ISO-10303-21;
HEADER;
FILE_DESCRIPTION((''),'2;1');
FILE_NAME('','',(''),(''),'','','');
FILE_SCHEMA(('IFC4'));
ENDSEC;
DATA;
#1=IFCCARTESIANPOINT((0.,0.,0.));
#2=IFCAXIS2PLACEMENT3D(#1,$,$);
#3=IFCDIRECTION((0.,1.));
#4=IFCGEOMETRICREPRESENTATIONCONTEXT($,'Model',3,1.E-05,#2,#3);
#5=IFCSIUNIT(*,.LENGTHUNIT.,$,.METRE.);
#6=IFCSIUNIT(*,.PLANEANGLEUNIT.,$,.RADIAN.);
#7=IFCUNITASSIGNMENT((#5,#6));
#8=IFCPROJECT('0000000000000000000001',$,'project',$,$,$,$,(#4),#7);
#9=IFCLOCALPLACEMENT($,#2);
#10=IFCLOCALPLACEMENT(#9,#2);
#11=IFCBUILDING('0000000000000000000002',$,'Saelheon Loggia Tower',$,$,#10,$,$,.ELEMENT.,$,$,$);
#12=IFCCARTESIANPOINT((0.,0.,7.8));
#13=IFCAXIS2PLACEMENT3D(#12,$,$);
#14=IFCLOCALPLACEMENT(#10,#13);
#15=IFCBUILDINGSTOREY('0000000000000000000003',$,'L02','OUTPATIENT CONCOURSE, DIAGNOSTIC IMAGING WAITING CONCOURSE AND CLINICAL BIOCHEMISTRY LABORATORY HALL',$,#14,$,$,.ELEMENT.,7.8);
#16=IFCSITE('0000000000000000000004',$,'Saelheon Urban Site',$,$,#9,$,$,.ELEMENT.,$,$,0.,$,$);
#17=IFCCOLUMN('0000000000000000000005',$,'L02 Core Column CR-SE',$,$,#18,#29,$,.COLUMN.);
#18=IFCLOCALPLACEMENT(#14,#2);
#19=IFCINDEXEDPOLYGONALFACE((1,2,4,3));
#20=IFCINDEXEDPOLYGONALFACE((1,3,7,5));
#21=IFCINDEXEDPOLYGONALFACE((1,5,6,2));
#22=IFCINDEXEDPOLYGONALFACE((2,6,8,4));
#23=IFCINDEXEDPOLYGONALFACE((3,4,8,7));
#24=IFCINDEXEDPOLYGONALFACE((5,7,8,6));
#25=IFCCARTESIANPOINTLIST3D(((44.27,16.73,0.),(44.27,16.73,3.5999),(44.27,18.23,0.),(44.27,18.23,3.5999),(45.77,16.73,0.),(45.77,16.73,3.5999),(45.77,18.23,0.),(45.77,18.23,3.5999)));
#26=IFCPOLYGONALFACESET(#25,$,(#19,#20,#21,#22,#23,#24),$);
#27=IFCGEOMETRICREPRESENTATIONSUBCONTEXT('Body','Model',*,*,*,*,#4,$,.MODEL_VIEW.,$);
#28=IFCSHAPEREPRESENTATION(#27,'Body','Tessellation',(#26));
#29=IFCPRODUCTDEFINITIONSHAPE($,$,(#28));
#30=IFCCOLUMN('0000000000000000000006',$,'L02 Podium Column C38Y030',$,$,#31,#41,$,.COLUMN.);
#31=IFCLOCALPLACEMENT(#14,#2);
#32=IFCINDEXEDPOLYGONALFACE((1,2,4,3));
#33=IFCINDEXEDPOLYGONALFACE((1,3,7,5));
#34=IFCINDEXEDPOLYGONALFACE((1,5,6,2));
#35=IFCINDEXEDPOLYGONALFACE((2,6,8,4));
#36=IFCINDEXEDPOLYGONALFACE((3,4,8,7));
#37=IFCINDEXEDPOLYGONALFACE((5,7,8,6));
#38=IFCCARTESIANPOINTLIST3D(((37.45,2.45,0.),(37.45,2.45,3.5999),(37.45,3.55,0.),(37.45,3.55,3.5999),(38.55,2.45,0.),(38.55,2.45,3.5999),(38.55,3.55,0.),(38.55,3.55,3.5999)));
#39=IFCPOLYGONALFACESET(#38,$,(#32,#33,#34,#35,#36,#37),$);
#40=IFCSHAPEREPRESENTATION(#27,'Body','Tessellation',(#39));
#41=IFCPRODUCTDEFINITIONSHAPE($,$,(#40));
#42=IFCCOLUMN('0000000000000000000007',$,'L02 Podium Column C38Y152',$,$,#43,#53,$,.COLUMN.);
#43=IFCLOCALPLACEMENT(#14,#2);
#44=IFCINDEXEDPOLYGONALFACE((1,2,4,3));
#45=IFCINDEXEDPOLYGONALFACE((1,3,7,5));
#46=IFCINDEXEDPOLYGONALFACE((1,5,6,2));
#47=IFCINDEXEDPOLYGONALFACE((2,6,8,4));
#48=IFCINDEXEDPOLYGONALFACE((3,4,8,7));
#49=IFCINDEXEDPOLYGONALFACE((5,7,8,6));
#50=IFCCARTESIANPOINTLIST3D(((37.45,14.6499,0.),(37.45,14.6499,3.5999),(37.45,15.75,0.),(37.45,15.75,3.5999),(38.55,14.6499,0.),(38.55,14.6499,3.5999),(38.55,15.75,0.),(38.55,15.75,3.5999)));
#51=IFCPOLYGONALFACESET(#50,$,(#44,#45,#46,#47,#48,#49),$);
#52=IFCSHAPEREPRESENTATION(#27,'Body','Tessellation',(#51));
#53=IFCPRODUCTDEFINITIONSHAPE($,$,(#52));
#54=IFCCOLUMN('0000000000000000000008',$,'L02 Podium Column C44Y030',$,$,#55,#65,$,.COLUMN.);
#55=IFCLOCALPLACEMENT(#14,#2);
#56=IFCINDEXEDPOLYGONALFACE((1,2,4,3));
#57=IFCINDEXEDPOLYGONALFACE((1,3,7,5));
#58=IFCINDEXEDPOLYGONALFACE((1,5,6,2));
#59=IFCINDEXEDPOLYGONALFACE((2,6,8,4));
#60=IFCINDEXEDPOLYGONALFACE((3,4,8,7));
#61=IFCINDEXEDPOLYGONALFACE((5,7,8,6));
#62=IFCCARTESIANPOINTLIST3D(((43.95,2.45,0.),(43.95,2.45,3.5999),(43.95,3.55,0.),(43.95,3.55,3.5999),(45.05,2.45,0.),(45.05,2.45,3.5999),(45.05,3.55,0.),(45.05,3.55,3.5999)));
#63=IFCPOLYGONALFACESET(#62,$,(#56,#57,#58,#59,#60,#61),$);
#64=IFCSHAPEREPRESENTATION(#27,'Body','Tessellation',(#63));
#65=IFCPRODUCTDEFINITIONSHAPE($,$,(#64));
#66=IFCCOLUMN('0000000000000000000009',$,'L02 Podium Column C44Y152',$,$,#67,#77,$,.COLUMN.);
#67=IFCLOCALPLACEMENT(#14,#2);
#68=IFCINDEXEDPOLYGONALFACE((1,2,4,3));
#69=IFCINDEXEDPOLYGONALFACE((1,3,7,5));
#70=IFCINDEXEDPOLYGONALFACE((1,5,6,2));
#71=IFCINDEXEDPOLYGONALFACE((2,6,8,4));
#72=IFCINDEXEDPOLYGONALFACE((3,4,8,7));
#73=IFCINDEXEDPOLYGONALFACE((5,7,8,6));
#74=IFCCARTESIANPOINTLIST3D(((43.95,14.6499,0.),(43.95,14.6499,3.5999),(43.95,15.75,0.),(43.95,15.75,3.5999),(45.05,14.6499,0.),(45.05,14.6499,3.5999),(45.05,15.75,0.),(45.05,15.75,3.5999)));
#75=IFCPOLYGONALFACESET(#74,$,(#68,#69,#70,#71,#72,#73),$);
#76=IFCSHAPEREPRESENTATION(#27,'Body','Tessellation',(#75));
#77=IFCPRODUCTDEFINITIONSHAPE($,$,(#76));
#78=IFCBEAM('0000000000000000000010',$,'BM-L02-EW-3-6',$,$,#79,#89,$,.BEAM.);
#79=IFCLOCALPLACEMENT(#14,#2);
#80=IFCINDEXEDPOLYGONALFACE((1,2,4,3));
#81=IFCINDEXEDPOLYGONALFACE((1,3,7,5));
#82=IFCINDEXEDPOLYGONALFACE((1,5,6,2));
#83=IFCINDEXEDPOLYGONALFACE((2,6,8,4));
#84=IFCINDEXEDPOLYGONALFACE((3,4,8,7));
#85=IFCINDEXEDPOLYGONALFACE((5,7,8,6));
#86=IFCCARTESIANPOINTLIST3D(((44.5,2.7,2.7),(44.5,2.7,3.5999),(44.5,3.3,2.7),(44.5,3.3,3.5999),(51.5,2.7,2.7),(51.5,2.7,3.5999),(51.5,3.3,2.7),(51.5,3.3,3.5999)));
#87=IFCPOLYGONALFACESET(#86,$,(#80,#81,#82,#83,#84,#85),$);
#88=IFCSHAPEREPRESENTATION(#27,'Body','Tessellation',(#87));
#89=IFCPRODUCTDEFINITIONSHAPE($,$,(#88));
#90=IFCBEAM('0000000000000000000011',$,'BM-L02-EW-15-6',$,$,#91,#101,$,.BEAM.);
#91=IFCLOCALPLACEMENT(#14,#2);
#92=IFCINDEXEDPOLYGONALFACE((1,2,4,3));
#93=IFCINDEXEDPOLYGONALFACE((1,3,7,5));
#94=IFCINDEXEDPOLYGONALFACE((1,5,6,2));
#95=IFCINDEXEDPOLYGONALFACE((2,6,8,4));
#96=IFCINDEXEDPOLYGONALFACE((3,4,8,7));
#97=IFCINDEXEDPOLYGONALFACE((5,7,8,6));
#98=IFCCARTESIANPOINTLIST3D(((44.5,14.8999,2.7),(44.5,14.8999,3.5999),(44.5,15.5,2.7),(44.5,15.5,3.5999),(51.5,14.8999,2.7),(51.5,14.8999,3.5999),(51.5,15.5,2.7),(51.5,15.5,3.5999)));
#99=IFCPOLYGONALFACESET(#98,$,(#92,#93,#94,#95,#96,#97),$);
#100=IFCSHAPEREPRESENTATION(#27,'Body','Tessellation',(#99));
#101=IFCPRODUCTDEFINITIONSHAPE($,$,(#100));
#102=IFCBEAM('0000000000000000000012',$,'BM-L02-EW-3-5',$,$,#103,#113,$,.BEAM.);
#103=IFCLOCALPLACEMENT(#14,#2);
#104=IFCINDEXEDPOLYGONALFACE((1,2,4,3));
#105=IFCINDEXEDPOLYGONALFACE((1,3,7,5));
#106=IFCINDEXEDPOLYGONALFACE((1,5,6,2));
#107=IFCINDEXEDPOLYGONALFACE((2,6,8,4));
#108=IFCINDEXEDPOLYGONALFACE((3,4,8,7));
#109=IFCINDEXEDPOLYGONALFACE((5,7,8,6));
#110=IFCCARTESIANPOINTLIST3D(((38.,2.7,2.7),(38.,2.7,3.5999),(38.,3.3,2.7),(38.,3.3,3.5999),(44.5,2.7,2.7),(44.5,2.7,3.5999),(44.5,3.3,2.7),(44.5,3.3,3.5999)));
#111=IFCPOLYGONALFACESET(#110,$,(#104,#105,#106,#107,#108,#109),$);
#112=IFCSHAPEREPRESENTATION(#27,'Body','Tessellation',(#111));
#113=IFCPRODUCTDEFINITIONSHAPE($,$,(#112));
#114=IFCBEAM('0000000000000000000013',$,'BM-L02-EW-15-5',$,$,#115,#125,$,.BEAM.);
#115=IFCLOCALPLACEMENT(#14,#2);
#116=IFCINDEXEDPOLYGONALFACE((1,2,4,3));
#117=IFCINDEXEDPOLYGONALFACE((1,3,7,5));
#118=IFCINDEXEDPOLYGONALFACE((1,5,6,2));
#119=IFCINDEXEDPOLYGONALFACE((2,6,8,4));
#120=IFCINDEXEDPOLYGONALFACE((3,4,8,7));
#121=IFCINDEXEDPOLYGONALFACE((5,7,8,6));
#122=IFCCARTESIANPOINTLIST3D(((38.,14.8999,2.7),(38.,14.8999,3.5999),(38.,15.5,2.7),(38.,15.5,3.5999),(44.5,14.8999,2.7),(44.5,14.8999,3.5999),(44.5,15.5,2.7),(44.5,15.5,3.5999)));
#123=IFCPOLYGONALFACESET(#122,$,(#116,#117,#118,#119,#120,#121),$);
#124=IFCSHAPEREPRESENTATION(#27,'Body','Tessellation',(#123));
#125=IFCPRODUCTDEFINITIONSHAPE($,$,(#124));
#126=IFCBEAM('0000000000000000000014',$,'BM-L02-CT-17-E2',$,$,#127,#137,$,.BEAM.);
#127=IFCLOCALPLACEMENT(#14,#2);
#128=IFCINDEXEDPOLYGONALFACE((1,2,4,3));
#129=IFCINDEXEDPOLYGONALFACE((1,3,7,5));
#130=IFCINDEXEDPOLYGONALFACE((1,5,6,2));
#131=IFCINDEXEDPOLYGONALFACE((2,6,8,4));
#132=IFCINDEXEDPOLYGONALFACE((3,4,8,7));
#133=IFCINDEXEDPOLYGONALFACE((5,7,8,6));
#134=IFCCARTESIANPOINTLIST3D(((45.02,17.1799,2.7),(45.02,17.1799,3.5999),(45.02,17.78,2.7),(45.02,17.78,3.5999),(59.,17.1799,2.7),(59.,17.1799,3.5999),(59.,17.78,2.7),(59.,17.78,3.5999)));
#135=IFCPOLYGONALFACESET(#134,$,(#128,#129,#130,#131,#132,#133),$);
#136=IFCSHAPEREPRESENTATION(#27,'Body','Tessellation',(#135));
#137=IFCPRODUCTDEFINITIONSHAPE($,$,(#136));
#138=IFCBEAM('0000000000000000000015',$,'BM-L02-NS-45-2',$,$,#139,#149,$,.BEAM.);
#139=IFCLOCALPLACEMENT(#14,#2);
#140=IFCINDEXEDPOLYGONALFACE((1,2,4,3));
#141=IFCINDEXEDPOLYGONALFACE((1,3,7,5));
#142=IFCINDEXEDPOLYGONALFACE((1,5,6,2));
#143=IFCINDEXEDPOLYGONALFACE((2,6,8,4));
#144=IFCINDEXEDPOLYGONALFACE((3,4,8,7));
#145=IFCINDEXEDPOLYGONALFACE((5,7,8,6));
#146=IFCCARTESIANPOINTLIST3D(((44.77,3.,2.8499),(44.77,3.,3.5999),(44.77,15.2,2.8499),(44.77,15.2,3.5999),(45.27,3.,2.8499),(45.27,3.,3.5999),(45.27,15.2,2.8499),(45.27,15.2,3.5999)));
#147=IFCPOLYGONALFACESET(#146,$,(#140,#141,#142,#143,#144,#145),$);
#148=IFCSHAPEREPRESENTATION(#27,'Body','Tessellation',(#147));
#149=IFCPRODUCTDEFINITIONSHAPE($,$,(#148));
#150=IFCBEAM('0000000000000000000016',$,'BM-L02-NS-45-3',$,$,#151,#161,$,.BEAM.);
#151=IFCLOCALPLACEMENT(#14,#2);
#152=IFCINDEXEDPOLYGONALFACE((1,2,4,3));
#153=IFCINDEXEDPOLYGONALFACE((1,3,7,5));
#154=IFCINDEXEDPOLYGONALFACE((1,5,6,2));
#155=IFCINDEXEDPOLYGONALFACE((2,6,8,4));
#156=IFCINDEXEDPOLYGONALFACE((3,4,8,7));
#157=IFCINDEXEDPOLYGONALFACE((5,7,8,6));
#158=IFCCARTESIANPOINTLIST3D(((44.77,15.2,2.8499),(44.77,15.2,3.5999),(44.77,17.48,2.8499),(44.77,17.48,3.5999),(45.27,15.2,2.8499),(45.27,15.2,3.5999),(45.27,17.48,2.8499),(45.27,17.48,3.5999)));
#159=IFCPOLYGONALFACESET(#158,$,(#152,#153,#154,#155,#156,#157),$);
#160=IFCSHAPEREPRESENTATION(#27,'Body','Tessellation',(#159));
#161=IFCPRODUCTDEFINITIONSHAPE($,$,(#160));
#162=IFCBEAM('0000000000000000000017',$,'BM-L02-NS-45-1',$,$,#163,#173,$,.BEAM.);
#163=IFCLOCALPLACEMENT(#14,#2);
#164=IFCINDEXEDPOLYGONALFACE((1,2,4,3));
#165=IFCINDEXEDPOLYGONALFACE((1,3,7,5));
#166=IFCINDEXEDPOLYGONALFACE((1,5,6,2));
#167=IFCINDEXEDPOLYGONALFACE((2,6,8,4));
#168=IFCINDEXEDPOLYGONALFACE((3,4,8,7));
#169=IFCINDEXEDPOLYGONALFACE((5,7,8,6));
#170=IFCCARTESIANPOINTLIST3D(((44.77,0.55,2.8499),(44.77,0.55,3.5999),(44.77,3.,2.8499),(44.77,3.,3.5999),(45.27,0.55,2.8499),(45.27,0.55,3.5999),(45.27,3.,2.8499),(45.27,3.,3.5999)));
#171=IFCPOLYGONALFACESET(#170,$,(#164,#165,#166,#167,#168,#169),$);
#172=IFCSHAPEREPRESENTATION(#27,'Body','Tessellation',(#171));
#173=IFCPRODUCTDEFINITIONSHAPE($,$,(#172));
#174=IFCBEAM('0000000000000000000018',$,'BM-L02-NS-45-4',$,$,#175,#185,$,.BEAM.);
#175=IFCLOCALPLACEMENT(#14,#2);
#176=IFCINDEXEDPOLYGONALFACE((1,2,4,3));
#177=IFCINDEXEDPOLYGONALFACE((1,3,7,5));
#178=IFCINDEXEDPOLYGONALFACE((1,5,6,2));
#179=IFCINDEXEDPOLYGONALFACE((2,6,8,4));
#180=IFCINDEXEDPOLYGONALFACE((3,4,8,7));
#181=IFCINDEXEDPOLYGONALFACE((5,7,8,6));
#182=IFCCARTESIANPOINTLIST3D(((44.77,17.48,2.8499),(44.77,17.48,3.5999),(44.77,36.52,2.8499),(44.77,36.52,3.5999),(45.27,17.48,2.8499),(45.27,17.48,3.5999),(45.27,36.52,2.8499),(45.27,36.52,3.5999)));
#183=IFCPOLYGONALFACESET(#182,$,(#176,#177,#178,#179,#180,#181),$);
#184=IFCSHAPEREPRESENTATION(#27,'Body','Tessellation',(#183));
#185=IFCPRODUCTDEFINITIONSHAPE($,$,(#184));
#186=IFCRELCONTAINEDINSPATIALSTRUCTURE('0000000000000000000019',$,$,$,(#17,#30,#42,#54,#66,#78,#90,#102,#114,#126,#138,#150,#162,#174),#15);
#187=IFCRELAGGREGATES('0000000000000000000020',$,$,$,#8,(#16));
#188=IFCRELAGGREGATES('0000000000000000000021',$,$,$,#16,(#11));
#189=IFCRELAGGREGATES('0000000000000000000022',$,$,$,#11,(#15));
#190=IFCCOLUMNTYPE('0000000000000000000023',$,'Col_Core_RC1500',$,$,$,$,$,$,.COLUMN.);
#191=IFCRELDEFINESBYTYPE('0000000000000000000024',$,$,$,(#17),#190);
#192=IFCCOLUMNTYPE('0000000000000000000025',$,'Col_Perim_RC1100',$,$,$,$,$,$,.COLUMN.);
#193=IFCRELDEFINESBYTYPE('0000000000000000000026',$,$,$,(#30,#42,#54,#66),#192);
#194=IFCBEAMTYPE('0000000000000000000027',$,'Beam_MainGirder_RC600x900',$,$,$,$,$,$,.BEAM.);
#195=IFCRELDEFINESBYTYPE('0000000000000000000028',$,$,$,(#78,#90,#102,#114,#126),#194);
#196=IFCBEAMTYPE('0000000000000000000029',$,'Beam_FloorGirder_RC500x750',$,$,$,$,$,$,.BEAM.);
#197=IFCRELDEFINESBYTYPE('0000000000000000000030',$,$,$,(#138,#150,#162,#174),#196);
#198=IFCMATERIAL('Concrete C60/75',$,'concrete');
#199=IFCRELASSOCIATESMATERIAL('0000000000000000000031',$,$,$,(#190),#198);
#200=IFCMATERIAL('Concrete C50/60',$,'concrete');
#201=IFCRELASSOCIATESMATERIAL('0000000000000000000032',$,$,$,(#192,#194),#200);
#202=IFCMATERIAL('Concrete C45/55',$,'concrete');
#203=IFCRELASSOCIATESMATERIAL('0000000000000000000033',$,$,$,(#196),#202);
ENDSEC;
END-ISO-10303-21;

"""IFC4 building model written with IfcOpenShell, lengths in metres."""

from ifc_helpers import new_model, si_unit, direction, frame, origin, origin_2d, place, context, subcontext, project, spatial, rectangle, extrude, source, transform, mapped, material, material_profile, profile_set, type_object, element, save


model = new_model("IFC4")

# Units and contexts
model_context = context("Model", 3, precision=1e-05, world=origin(), true_north=direction((0.0, 1.0)))
body_context = subcontext(model_context, "Body", "Model", "MODEL_VIEW")
ifc_project = project(units=[si_unit("LENGTHUNIT", "METRE"), si_unit("PLANEANGLEUNIT", "RADIAN")], contexts=[model_context])

# Site, building, storey
site_placement = place(None, origin())
site = spatial("IfcSite", under=ifc_project, at=site_placement, Name="Saelheon Urban Site", CompositionType="ELEMENT", RefElevation=0.0)
building_placement = place(site_placement, origin())
building = spatial("IfcBuilding", under=site, at=building_placement, Name="Saelheon Loggia Tower", CompositionType="ELEMENT")
storey_placement = place(building_placement, frame((0.0, 0.0, 7.8)))
storey = spatial("IfcBuildingStorey", under=building, at=storey_placement, Name="L02", Description="OUTPATIENT CONCOURSE, DIAGNOSTIC IMAGING WAITING CONCOURSE AND CLINICAL BIOCHEMISTRY LABORATORY HALL", CompositionType="ELEMENT", Elevation=7.8)

# Columns
ifc_material_1 = material(Name="Concrete C60/75", Category="concrete")
ifc_material_profile_1 = material_profile(ifc_material_1, rectangle(XDim=1.5, YDim=1.5, at=origin_2d()), Name="RC-1500x1500")
ifc_profile_set_1 = profile_set([ifc_material_profile_1], Name="Concrete C60/75")
column_type_1 = type_object("IfcColumnType", Name="Col_Core_RC1500", PredefinedType="COLUMN", material=ifc_profile_set_1)
shared_shape_1 = source(origin(), body_context, "Body", "SweptSolid", [
    extrude(rectangle(XDim=1.5, YDim=1.5, at=origin_2d()), origin(), (0.0, 0.0, 1.0), 3.5999),
])
column_placement = place(storey_placement, frame((45.02, 17.48, 0.0), z_axis=(0.0, 0.0, 1.0), x_axis=(1.0, 0.0, 0.0)))
element("IfcColumn", 1, at=column_placement, inside=storey, type_object=column_type_1, Name="L02 Core Column CR-SE", PredefinedType="COLUMN", context=body_context, shape_type="MappedRepresentation", body=[
    mapped(shared_shape_1, transform((0.0, 0.0, 0.0), scale=1.0)),
])
ifc_material_2 = material(Name="Concrete C50/60", Category="concrete")
ifc_material_profile_2 = material_profile(ifc_material_2, rectangle(XDim=1.1001, YDim=1.1001, at=origin_2d()), Name="RC-1100x1100")
ifc_profile_set_2 = profile_set([ifc_material_profile_2], Name="Concrete C50/60")
column_type_2 = type_object("IfcColumnType", Name="Col_Perim_RC1100", PredefinedType="COLUMN", material=ifc_profile_set_2)
shared_shape_2 = source(origin(), body_context, "Body", "SweptSolid", [
    extrude(rectangle(XDim=1.1001, YDim=1.1001, at=origin_2d()), origin(), (0.0, 0.0, 1.0), 3.5999),
])
for number, where, z_axis, x_axis, name in (
    (2, (38.0, 3.0, 0.0), (0.0, 0.0, 1.0), (1.0, 0.0, 0.0), "L02 Podium Column C38Y030"),
    (3, (38.0, 15.2, 0.0), (0.0, 0.0, 1.0), (1.0, 0.0, 0.0), "L02 Podium Column C38Y152"),
    (4, (44.5, 3.0, 0.0), (0.0, 0.0, 1.0), (1.0, 0.0, 0.0), "L02 Podium Column C44Y030"),
    (5, (44.5, 15.2, 0.0), (0.0, 0.0, 1.0), (1.0, 0.0, 0.0), "L02 Podium Column C44Y152"),
):
    element("IfcColumn", number, at=place(storey_placement, frame(where, z_axis=z_axis, x_axis=x_axis)), inside=storey, type_object=column_type_2, Name=name, PredefinedType="COLUMN", context=body_context, shape_type="MappedRepresentation", body=[
        mapped(shared_shape_2, transform((0.0, 0.0, 0.0), scale=1.0)),
    ])

# Beams
ifc_material_profile_3 = material_profile(ifc_material_2, rectangle(XDim=0.6001, YDim=0.8999, at=origin_2d()), Name="RC-600x900")
ifc_profile_set_3 = profile_set([ifc_material_profile_3], Name="Concrete C50/60")
beam_type_1 = type_object("IfcBeamType", Name="Beam_MainGirder_RC600x900", PredefinedType="BEAM", material=ifc_profile_set_3)
shared_shape_3 = source(origin(), body_context, "Body", "SweptSolid", [
    extrude(rectangle(XDim=0.6001, YDim=0.8999, at=origin_2d()), origin(), (0.0, 0.0, 1.0), 7.0),
])
for number, where, z_axis, x_axis, name in (
    (6, (44.5, 3.0, 3.1499), (1.0, 0.0, 0.0), (0.0, 1.0, 0.0), "BM-L02-EW-3-6"),
    (7, (44.5, 15.2, 3.1499), (1.0, 0.0, 0.0), (0.0, 1.0, 0.0), "BM-L02-EW-15-6"),
):
    element("IfcBeam", number, at=place(storey_placement, frame(where, z_axis=z_axis, x_axis=x_axis)), inside=storey, type_object=beam_type_1, Name=name, PredefinedType="BEAM", context=body_context, shape_type="MappedRepresentation", body=[
        mapped(shared_shape_3, transform((0.0, 0.0, 0.0), scale=1.0)),
    ])
shared_shape_4 = source(origin(), body_context, "Body", "SweptSolid", [
    extrude(rectangle(XDim=0.6001, YDim=0.8999, at=origin_2d()), origin(), (0.0, 0.0, 1.0), 6.5),
])
for number, where, z_axis, x_axis, name in (
    (8, (38.0, 3.0, 3.1499), (1.0, 0.0, 0.0), (0.0, 1.0, 0.0), "BM-L02-EW-3-5"),
    (9, (38.0, 15.2, 3.1499), (1.0, 0.0, 0.0), (0.0, 1.0, 0.0), "BM-L02-EW-15-5"),
):
    element("IfcBeam", number, at=place(storey_placement, frame(where, z_axis=z_axis, x_axis=x_axis)), inside=storey, type_object=beam_type_1, Name=name, PredefinedType="BEAM", context=body_context, shape_type="MappedRepresentation", body=[
        mapped(shared_shape_4, transform((0.0, 0.0, 0.0), scale=1.0)),
    ])
shared_shape_5 = source(origin(), body_context, "Body", "SweptSolid", [
    extrude(rectangle(XDim=0.6001, YDim=0.8999, at=origin_2d()), origin(), (0.0, 0.0, 1.0), 13.98),
])
beam_1_placement = place(storey_placement, frame((45.02, 17.48, 3.1499), z_axis=(1.0, 0.0, 0.0), x_axis=(0.0, 1.0, 0.0)))
element("IfcBeam", 10, at=beam_1_placement, inside=storey, type_object=beam_type_1, Name="BM-L02-CT-17-E2", PredefinedType="BEAM", context=body_context, shape_type="MappedRepresentation", body=[
    mapped(shared_shape_5, transform((0.0, 0.0, 0.0), scale=1.0)),
])
ifc_material_3 = material(Name="Concrete C45/55", Category="concrete")
ifc_material_profile_4 = material_profile(ifc_material_3, rectangle(XDim=0.5, YDim=0.75, at=origin_2d()), Name="RC-500x750")
ifc_profile_set_4 = profile_set([ifc_material_profile_4], Name="Concrete C45/55")
beam_type_2 = type_object("IfcBeamType", Name="Beam_FloorGirder_RC500x750", PredefinedType="BEAM", material=ifc_profile_set_4)
shared_shape_6 = source(origin(), body_context, "Body", "SweptSolid", [
    extrude(rectangle(XDim=0.5, YDim=0.75, at=origin_2d()), origin(), (0.0, 0.0, 1.0), 12.2),
])
beam_2_placement = place(storey_placement, frame((45.02, 3.0, 3.2249), z_axis=(0.0, 1.0, 0.0), x_axis=(-1.0, 0.0, 0.0)))
element("IfcBeam", 11, at=beam_2_placement, inside=storey, type_object=beam_type_2, Name="BM-L02-NS-45-2", PredefinedType="BEAM", context=body_context, shape_type="MappedRepresentation", body=[
    mapped(shared_shape_6, transform((0.0, 0.0, 0.0), scale=1.0)),
])
shared_shape_7 = source(origin(), body_context, "Body", "SweptSolid", [
    extrude(rectangle(XDim=0.5, YDim=0.75, at=origin_2d()), origin(), (0.0, 0.0, 1.0), 2.28),
])
beam_3_placement = place(storey_placement, frame((45.02, 15.2, 3.2249), z_axis=(0.0, 1.0, 0.0), x_axis=(-1.0, 0.0, 0.0)))
element("IfcBeam", 12, at=beam_3_placement, inside=storey, type_object=beam_type_2, Name="BM-L02-NS-45-3", PredefinedType="BEAM", context=body_context, shape_type="MappedRepresentation", body=[
    mapped(shared_shape_7, transform((0.0, 0.0, 0.0), scale=1.0)),
])
shared_shape_8 = source(origin(), body_context, "Body", "SweptSolid", [
    extrude(rectangle(XDim=0.5, YDim=0.75, at=origin_2d()), origin(), (0.0, 0.0, 1.0), 2.45),
])
beam_4_placement = place(storey_placement, frame((45.02, 0.55, 3.2249), z_axis=(0.0, 1.0, 0.0), x_axis=(-1.0, 0.0, 0.0)))
element("IfcBeam", 13, at=beam_4_placement, inside=storey, type_object=beam_type_2, Name="BM-L02-NS-45-1", PredefinedType="BEAM", context=body_context, shape_type="MappedRepresentation", body=[
    mapped(shared_shape_8, transform((0.0, 0.0, 0.0), scale=1.0)),
])
shared_shape_9 = source(origin(), body_context, "Body", "SweptSolid", [
    extrude(rectangle(XDim=0.5, YDim=0.75, at=origin_2d()), origin(), (0.0, 0.0, 1.0), 19.04),
])
beam_5_placement = place(storey_placement, frame((45.02, 17.48, 3.2249), z_axis=(0.0, 1.0, 0.0), x_axis=(-1.0, 0.0, 0.0)))
element("IfcBeam", 14, at=beam_5_placement, inside=storey, type_object=beam_type_2, Name="BM-L02-NS-45-4", PredefinedType="BEAM", context=body_context, shape_type="MappedRepresentation", body=[
    mapped(shared_shape_9, transform((0.0, 0.0, 0.0), scale=1.0)),
])

save(model, "model.ifc")
